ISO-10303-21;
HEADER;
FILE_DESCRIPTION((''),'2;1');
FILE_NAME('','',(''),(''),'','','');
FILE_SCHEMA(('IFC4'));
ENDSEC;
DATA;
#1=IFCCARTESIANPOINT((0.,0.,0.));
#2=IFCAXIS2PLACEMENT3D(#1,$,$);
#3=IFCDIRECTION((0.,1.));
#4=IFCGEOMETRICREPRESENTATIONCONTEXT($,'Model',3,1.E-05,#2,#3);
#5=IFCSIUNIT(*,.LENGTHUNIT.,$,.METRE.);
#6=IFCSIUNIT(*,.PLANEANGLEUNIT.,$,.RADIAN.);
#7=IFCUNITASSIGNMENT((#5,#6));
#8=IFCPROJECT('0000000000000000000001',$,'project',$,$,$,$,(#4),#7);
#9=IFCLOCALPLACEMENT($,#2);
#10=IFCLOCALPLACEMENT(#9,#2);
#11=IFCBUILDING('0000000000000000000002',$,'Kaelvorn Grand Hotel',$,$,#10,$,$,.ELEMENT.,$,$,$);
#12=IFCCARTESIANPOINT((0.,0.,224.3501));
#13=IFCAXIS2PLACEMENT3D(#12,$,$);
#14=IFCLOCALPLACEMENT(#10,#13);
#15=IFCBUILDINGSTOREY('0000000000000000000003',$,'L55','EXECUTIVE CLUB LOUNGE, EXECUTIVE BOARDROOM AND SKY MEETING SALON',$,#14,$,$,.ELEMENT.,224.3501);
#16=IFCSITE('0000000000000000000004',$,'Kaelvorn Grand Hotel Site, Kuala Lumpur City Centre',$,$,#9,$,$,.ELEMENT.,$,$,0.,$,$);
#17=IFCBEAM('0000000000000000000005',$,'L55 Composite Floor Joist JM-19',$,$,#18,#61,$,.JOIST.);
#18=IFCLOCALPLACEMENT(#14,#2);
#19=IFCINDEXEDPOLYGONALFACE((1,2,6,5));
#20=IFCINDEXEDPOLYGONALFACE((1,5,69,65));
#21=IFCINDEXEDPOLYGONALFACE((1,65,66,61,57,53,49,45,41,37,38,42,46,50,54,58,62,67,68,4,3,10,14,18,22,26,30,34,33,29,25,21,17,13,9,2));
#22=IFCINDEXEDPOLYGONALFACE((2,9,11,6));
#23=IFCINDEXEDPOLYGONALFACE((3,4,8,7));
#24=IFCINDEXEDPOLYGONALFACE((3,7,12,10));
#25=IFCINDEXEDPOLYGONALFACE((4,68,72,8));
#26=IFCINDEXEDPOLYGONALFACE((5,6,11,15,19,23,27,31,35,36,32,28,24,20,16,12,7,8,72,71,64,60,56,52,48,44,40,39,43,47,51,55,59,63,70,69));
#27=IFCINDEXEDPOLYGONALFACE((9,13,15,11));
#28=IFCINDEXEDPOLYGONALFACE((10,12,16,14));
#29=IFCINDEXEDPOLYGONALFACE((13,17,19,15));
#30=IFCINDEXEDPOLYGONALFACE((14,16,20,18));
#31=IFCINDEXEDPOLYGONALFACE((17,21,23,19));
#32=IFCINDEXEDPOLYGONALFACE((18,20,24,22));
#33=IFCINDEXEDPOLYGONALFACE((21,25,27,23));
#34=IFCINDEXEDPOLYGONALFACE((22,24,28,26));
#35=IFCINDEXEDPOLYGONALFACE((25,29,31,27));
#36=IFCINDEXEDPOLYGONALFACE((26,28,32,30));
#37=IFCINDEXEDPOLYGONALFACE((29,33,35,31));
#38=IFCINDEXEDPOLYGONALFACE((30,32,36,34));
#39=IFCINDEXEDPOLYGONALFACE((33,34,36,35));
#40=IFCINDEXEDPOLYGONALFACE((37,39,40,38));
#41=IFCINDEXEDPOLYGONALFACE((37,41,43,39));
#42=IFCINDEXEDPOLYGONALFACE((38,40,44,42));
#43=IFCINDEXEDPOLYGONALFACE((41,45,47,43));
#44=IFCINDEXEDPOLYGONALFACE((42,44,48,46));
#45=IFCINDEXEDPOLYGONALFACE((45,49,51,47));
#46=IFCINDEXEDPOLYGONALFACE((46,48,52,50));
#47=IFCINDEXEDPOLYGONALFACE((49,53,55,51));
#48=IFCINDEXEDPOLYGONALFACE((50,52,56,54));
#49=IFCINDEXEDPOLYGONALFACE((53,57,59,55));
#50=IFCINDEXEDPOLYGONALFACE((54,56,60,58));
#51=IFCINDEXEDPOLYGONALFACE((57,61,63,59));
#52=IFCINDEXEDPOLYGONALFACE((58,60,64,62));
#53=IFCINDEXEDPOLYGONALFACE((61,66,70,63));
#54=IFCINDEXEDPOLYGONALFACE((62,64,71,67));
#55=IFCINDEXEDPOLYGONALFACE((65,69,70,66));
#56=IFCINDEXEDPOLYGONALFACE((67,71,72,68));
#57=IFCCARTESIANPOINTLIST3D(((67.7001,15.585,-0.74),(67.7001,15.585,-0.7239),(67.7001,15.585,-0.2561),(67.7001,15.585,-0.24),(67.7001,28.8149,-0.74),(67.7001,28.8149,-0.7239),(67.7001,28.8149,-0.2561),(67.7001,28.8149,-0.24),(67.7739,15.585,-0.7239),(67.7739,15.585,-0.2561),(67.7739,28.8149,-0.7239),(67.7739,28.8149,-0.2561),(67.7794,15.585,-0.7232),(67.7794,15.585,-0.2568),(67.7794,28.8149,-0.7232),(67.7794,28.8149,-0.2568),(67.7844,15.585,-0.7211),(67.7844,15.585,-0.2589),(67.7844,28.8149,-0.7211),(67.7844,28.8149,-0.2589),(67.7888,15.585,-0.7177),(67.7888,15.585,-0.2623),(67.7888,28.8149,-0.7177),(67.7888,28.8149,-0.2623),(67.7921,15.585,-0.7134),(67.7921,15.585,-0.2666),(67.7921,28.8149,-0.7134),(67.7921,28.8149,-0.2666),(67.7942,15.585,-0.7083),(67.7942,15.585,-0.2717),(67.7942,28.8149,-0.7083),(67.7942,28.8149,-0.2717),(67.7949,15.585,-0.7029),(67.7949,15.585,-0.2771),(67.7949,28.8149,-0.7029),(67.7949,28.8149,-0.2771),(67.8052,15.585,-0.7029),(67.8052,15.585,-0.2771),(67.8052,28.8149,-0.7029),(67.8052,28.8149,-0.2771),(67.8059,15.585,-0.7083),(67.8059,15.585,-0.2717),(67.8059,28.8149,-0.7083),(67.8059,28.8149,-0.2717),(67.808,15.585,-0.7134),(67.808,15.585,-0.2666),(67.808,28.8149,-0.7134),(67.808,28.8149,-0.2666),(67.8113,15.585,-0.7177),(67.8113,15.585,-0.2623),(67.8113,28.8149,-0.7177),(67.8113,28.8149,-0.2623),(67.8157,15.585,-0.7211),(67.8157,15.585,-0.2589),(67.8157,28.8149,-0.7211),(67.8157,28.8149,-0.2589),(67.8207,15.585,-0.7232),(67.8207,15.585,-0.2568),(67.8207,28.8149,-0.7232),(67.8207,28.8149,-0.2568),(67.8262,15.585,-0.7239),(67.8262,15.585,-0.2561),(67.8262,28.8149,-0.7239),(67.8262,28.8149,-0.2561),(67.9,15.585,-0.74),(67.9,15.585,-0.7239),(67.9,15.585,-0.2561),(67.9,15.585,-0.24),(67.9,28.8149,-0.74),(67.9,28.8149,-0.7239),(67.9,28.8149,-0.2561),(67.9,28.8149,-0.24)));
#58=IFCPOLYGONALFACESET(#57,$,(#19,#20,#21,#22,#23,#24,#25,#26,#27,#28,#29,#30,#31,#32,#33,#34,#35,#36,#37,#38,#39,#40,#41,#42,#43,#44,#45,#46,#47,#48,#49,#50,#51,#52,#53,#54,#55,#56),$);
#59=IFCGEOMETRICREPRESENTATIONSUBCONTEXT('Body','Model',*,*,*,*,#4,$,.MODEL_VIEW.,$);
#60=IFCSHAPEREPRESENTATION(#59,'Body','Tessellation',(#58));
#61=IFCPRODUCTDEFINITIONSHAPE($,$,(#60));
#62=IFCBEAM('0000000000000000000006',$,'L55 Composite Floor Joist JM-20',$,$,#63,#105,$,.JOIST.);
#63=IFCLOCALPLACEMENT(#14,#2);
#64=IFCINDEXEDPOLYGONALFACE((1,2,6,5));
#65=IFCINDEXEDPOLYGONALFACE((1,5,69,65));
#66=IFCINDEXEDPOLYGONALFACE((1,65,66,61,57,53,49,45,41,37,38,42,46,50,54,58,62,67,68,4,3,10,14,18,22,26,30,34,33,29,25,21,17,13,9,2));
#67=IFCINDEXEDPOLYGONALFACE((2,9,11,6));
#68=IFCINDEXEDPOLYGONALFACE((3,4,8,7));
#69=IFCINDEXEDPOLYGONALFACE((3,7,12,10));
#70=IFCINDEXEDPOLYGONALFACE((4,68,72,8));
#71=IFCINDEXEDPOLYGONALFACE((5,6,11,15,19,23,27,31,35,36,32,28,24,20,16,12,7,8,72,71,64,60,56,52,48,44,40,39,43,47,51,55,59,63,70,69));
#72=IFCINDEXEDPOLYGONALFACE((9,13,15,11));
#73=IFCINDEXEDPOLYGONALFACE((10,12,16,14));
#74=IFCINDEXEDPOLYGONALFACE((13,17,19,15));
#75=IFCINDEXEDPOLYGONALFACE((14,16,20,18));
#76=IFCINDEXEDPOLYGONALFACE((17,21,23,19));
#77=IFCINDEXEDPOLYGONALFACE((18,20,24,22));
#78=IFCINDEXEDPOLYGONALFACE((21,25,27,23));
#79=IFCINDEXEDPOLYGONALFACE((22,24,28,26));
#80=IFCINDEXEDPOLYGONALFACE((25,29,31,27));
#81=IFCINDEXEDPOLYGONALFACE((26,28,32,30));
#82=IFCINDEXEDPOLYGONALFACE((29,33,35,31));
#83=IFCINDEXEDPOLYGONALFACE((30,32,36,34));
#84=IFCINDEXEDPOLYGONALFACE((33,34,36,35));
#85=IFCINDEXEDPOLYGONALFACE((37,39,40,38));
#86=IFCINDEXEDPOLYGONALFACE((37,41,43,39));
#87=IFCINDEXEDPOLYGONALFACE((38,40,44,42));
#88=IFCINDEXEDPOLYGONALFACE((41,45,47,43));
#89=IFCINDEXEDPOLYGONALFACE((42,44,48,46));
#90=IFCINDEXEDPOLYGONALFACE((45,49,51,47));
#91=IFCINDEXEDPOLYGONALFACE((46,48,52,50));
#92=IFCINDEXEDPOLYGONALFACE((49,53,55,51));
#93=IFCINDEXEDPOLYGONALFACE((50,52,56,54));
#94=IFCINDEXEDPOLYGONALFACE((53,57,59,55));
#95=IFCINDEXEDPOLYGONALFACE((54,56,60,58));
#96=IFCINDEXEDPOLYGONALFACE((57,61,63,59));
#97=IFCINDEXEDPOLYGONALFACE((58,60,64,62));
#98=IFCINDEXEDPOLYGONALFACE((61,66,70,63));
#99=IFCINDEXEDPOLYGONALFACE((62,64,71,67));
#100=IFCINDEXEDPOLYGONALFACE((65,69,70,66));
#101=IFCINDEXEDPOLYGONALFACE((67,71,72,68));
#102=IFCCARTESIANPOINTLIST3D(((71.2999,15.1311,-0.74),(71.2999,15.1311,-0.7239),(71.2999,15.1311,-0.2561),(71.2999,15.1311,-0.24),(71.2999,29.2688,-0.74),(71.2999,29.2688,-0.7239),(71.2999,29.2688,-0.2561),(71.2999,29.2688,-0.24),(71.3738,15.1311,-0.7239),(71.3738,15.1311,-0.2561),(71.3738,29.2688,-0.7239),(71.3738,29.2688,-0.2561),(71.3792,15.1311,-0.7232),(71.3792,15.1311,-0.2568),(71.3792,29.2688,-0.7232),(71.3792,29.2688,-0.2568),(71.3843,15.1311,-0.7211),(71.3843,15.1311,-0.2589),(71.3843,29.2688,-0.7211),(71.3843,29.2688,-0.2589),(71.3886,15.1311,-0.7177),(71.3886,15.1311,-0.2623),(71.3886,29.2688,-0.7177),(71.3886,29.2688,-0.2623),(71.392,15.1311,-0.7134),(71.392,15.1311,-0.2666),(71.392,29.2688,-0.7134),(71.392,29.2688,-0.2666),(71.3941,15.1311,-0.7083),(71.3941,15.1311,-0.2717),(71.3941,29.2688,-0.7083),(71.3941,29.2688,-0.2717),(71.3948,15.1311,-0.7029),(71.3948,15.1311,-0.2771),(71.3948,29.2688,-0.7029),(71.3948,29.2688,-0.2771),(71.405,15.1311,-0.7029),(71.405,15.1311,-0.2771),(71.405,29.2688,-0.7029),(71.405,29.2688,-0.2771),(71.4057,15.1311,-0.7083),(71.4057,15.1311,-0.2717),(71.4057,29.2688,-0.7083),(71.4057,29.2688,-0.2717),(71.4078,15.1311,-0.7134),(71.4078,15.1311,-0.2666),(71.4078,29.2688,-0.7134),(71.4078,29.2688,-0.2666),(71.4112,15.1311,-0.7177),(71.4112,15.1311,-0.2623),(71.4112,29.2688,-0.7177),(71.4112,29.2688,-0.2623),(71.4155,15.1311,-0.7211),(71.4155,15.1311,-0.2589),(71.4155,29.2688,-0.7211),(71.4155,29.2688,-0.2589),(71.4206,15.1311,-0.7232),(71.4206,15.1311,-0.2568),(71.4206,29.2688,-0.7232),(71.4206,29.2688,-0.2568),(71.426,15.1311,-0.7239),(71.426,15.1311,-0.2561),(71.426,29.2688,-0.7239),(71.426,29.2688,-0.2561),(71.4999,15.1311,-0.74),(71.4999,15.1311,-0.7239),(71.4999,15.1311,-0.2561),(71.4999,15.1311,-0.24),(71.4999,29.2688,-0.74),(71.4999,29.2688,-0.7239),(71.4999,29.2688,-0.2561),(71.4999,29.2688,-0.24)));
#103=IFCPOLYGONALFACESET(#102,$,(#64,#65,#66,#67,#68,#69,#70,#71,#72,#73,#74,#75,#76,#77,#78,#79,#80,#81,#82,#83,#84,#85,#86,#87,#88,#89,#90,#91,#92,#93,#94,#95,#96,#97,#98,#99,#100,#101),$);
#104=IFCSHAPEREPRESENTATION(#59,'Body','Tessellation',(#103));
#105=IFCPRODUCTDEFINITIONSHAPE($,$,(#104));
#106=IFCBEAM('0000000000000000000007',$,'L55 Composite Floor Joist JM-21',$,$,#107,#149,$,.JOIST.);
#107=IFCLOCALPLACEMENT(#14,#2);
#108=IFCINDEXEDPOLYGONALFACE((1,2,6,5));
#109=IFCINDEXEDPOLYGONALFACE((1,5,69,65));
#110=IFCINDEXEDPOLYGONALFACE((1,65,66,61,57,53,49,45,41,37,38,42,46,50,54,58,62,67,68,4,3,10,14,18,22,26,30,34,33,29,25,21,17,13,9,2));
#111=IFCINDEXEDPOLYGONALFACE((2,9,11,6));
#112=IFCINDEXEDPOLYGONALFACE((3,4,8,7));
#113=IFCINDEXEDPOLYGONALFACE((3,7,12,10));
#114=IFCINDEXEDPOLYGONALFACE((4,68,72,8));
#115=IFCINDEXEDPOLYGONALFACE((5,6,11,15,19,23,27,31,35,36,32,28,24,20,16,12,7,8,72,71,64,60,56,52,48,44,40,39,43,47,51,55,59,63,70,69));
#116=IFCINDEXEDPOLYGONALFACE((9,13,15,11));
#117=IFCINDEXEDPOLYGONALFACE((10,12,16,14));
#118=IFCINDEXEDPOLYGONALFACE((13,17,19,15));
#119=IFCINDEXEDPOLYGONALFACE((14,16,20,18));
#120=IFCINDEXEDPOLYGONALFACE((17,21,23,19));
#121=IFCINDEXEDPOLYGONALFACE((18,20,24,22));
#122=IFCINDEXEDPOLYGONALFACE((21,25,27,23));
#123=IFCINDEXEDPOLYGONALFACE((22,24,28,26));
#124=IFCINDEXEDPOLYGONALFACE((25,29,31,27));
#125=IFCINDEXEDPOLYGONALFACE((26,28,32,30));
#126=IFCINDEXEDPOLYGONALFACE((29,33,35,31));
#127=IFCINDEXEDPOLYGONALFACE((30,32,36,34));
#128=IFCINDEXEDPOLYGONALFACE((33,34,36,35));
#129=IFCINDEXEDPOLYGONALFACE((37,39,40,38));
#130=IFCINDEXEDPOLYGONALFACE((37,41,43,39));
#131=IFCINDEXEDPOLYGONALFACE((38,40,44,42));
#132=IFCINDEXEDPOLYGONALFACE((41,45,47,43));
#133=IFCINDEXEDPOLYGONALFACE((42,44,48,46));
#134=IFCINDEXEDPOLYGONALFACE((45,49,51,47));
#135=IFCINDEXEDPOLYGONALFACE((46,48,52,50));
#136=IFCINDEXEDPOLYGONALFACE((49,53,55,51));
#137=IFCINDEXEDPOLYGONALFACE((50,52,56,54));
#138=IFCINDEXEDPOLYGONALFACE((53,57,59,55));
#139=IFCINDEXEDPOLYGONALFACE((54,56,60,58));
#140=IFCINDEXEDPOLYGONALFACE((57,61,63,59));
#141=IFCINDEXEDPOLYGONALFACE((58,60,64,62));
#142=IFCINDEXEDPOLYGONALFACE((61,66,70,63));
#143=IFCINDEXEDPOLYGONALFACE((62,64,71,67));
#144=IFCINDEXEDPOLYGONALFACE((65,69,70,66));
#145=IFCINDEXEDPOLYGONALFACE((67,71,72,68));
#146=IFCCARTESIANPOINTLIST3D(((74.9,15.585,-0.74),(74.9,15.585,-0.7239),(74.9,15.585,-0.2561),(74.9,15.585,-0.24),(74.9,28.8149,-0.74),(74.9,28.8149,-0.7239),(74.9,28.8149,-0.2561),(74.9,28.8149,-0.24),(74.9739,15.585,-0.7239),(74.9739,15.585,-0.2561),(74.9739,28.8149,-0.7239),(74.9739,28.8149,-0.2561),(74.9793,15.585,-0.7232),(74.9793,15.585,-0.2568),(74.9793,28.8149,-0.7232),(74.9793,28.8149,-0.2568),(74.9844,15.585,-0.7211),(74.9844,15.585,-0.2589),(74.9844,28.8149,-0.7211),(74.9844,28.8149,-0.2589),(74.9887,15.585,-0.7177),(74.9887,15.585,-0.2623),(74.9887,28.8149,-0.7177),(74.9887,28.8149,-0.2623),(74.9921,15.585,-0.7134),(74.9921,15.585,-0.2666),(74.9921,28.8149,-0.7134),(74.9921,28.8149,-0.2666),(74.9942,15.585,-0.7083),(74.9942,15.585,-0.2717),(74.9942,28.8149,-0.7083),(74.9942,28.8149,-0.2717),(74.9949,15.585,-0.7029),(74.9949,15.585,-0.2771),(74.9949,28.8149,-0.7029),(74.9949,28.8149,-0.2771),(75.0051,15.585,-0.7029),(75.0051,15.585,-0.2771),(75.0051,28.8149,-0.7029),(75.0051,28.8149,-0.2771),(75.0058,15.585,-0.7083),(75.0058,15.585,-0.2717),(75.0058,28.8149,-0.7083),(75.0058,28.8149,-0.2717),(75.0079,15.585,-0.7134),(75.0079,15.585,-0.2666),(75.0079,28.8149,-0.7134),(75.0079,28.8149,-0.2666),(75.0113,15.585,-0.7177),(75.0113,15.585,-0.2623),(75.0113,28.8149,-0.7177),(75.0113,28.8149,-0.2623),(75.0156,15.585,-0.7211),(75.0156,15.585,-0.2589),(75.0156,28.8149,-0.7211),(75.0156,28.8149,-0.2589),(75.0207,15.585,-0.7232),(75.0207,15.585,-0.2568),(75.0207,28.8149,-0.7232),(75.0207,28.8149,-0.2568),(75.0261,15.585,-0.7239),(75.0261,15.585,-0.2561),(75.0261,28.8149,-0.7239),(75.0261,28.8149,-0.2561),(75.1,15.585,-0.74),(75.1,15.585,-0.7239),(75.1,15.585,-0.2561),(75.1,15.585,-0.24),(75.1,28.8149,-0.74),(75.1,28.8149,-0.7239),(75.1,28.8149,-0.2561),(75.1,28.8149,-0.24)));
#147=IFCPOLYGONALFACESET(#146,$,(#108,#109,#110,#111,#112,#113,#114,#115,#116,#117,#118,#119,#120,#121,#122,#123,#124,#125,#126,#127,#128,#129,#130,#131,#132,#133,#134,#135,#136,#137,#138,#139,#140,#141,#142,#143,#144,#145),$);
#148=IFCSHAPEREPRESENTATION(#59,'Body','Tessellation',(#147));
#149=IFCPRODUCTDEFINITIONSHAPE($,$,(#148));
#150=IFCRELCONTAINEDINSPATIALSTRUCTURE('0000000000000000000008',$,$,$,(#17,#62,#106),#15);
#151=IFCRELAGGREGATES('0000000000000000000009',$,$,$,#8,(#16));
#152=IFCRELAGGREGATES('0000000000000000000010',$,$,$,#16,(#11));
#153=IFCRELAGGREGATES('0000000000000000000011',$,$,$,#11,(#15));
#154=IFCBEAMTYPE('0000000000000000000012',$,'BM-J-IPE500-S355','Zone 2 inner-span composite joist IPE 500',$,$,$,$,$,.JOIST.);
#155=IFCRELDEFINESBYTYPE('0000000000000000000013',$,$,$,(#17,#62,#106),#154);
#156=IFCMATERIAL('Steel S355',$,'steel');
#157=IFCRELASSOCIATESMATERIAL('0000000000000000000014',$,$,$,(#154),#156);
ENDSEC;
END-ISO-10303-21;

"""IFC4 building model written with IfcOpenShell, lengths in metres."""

from ifc_helpers import new_model, si_unit, direction, frame, origin, origin_2d, place, context, subcontext, project, spatial, i_section, extrude, material, material_profile, profile_set, type_object, element, save


model = new_model("IFC4")

# Units and contexts
model_context = context("Model", 3, precision=1e-05, world=origin(), true_north=direction((0.0, 1.0)))
body_context = subcontext(model_context, "Body", "Model", "MODEL_VIEW")
ifc_project = project(units=[si_unit("LENGTHUNIT", "METRE"), si_unit("PLANEANGLEUNIT", "RADIAN")], contexts=[model_context])

# Site, building, storey
site_placement = place(None, origin())
site = spatial("IfcSite", under=ifc_project, at=site_placement, Name="Kaelvorn Grand Hotel Site, Kuala Lumpur City Centre", CompositionType="ELEMENT", RefElevation=0.0)
building_placement = place(site_placement, origin())
building = spatial("IfcBuilding", under=site, at=building_placement, Name="Kaelvorn Grand Hotel", CompositionType="ELEMENT")
storey_placement = place(building_placement, frame((0.0, 0.0, 224.3501)))
storey = spatial("IfcBuildingStorey", under=building, at=storey_placement, Name="L55", Description="EXECUTIVE CLUB LOUNGE, EXECUTIVE BOARDROOM AND SKY MEETING SALON", CompositionType="ELEMENT", Elevation=224.3501)

# Beams
ifc_material_1 = material(Name="Steel S355", Category="steel")
ifc_material_profile_1 = material_profile(ifc_material_1, i_section(OverallWidth=0.2, OverallDepth=0.5, WebThickness=0.0103, FlangeThickness=0.0161, FilletRadius=0.021, at=origin_2d()), Name="IPE 500")
ifc_profile_set_1 = profile_set([ifc_material_profile_1], Name="Steel S355")
beam_type_1 = type_object("IfcBeamType", Name="BM-J-IPE500-S355", Description="Zone 2 inner-span composite joist IPE 500", PredefinedType="JOIST", material=ifc_profile_set_1)
beam_1_placement = place(storey_placement, frame((67.8, 15.585, -0.49), z_axis=(0.0, 1.0, 0.0), x_axis=(-1.0, 0.0, 0.0)))
element("IfcBeam", 1, at=beam_1_placement, inside=storey, type_object=beam_type_1, Name="L55 Composite Floor Joist JM-19", PredefinedType="JOIST", context=body_context, shape_type="SweptSolid", body=[
    extrude(i_section(OverallWidth=0.2, OverallDepth=0.5, WebThickness=0.0103, FlangeThickness=0.0161, FilletRadius=0.021, at=origin_2d()), origin(), (0.0, 0.0, 1.0), 13.23),
])
beam_2_placement = place(storey_placement, frame((71.3999, 15.1311, -0.49), z_axis=(0.0, 1.0, 0.0), x_axis=(-1.0, 0.0, 0.0)))
element("IfcBeam", 2, at=beam_2_placement, inside=storey, type_object=beam_type_1, Name="L55 Composite Floor Joist JM-20", PredefinedType="JOIST", context=body_context, shape_type="SweptSolid", body=[
    extrude(i_section(OverallWidth=0.2, OverallDepth=0.5, WebThickness=0.0103, FlangeThickness=0.0161, FilletRadius=0.021, at=origin_2d()), origin(), (0.0, 0.0, 1.0), 14.1377),
])
beam_3_placement = place(storey_placement, frame((75.0, 15.585, -0.49), z_axis=(0.0, 1.0, 0.0), x_axis=(-1.0, 0.0, 0.0)))
element("IfcBeam", 3, at=beam_3_placement, inside=storey, type_object=beam_type_1, Name="L55 Composite Floor Joist JM-21", PredefinedType="JOIST", context=body_context, shape_type="SweptSolid", body=[
    extrude(i_section(OverallWidth=0.2, OverallDepth=0.5, WebThickness=0.0103, FlangeThickness=0.0161, FilletRadius=0.021, at=origin_2d()), origin(), (0.0, 0.0, 1.0), 13.23),
])

save(model, "model.ifc")
